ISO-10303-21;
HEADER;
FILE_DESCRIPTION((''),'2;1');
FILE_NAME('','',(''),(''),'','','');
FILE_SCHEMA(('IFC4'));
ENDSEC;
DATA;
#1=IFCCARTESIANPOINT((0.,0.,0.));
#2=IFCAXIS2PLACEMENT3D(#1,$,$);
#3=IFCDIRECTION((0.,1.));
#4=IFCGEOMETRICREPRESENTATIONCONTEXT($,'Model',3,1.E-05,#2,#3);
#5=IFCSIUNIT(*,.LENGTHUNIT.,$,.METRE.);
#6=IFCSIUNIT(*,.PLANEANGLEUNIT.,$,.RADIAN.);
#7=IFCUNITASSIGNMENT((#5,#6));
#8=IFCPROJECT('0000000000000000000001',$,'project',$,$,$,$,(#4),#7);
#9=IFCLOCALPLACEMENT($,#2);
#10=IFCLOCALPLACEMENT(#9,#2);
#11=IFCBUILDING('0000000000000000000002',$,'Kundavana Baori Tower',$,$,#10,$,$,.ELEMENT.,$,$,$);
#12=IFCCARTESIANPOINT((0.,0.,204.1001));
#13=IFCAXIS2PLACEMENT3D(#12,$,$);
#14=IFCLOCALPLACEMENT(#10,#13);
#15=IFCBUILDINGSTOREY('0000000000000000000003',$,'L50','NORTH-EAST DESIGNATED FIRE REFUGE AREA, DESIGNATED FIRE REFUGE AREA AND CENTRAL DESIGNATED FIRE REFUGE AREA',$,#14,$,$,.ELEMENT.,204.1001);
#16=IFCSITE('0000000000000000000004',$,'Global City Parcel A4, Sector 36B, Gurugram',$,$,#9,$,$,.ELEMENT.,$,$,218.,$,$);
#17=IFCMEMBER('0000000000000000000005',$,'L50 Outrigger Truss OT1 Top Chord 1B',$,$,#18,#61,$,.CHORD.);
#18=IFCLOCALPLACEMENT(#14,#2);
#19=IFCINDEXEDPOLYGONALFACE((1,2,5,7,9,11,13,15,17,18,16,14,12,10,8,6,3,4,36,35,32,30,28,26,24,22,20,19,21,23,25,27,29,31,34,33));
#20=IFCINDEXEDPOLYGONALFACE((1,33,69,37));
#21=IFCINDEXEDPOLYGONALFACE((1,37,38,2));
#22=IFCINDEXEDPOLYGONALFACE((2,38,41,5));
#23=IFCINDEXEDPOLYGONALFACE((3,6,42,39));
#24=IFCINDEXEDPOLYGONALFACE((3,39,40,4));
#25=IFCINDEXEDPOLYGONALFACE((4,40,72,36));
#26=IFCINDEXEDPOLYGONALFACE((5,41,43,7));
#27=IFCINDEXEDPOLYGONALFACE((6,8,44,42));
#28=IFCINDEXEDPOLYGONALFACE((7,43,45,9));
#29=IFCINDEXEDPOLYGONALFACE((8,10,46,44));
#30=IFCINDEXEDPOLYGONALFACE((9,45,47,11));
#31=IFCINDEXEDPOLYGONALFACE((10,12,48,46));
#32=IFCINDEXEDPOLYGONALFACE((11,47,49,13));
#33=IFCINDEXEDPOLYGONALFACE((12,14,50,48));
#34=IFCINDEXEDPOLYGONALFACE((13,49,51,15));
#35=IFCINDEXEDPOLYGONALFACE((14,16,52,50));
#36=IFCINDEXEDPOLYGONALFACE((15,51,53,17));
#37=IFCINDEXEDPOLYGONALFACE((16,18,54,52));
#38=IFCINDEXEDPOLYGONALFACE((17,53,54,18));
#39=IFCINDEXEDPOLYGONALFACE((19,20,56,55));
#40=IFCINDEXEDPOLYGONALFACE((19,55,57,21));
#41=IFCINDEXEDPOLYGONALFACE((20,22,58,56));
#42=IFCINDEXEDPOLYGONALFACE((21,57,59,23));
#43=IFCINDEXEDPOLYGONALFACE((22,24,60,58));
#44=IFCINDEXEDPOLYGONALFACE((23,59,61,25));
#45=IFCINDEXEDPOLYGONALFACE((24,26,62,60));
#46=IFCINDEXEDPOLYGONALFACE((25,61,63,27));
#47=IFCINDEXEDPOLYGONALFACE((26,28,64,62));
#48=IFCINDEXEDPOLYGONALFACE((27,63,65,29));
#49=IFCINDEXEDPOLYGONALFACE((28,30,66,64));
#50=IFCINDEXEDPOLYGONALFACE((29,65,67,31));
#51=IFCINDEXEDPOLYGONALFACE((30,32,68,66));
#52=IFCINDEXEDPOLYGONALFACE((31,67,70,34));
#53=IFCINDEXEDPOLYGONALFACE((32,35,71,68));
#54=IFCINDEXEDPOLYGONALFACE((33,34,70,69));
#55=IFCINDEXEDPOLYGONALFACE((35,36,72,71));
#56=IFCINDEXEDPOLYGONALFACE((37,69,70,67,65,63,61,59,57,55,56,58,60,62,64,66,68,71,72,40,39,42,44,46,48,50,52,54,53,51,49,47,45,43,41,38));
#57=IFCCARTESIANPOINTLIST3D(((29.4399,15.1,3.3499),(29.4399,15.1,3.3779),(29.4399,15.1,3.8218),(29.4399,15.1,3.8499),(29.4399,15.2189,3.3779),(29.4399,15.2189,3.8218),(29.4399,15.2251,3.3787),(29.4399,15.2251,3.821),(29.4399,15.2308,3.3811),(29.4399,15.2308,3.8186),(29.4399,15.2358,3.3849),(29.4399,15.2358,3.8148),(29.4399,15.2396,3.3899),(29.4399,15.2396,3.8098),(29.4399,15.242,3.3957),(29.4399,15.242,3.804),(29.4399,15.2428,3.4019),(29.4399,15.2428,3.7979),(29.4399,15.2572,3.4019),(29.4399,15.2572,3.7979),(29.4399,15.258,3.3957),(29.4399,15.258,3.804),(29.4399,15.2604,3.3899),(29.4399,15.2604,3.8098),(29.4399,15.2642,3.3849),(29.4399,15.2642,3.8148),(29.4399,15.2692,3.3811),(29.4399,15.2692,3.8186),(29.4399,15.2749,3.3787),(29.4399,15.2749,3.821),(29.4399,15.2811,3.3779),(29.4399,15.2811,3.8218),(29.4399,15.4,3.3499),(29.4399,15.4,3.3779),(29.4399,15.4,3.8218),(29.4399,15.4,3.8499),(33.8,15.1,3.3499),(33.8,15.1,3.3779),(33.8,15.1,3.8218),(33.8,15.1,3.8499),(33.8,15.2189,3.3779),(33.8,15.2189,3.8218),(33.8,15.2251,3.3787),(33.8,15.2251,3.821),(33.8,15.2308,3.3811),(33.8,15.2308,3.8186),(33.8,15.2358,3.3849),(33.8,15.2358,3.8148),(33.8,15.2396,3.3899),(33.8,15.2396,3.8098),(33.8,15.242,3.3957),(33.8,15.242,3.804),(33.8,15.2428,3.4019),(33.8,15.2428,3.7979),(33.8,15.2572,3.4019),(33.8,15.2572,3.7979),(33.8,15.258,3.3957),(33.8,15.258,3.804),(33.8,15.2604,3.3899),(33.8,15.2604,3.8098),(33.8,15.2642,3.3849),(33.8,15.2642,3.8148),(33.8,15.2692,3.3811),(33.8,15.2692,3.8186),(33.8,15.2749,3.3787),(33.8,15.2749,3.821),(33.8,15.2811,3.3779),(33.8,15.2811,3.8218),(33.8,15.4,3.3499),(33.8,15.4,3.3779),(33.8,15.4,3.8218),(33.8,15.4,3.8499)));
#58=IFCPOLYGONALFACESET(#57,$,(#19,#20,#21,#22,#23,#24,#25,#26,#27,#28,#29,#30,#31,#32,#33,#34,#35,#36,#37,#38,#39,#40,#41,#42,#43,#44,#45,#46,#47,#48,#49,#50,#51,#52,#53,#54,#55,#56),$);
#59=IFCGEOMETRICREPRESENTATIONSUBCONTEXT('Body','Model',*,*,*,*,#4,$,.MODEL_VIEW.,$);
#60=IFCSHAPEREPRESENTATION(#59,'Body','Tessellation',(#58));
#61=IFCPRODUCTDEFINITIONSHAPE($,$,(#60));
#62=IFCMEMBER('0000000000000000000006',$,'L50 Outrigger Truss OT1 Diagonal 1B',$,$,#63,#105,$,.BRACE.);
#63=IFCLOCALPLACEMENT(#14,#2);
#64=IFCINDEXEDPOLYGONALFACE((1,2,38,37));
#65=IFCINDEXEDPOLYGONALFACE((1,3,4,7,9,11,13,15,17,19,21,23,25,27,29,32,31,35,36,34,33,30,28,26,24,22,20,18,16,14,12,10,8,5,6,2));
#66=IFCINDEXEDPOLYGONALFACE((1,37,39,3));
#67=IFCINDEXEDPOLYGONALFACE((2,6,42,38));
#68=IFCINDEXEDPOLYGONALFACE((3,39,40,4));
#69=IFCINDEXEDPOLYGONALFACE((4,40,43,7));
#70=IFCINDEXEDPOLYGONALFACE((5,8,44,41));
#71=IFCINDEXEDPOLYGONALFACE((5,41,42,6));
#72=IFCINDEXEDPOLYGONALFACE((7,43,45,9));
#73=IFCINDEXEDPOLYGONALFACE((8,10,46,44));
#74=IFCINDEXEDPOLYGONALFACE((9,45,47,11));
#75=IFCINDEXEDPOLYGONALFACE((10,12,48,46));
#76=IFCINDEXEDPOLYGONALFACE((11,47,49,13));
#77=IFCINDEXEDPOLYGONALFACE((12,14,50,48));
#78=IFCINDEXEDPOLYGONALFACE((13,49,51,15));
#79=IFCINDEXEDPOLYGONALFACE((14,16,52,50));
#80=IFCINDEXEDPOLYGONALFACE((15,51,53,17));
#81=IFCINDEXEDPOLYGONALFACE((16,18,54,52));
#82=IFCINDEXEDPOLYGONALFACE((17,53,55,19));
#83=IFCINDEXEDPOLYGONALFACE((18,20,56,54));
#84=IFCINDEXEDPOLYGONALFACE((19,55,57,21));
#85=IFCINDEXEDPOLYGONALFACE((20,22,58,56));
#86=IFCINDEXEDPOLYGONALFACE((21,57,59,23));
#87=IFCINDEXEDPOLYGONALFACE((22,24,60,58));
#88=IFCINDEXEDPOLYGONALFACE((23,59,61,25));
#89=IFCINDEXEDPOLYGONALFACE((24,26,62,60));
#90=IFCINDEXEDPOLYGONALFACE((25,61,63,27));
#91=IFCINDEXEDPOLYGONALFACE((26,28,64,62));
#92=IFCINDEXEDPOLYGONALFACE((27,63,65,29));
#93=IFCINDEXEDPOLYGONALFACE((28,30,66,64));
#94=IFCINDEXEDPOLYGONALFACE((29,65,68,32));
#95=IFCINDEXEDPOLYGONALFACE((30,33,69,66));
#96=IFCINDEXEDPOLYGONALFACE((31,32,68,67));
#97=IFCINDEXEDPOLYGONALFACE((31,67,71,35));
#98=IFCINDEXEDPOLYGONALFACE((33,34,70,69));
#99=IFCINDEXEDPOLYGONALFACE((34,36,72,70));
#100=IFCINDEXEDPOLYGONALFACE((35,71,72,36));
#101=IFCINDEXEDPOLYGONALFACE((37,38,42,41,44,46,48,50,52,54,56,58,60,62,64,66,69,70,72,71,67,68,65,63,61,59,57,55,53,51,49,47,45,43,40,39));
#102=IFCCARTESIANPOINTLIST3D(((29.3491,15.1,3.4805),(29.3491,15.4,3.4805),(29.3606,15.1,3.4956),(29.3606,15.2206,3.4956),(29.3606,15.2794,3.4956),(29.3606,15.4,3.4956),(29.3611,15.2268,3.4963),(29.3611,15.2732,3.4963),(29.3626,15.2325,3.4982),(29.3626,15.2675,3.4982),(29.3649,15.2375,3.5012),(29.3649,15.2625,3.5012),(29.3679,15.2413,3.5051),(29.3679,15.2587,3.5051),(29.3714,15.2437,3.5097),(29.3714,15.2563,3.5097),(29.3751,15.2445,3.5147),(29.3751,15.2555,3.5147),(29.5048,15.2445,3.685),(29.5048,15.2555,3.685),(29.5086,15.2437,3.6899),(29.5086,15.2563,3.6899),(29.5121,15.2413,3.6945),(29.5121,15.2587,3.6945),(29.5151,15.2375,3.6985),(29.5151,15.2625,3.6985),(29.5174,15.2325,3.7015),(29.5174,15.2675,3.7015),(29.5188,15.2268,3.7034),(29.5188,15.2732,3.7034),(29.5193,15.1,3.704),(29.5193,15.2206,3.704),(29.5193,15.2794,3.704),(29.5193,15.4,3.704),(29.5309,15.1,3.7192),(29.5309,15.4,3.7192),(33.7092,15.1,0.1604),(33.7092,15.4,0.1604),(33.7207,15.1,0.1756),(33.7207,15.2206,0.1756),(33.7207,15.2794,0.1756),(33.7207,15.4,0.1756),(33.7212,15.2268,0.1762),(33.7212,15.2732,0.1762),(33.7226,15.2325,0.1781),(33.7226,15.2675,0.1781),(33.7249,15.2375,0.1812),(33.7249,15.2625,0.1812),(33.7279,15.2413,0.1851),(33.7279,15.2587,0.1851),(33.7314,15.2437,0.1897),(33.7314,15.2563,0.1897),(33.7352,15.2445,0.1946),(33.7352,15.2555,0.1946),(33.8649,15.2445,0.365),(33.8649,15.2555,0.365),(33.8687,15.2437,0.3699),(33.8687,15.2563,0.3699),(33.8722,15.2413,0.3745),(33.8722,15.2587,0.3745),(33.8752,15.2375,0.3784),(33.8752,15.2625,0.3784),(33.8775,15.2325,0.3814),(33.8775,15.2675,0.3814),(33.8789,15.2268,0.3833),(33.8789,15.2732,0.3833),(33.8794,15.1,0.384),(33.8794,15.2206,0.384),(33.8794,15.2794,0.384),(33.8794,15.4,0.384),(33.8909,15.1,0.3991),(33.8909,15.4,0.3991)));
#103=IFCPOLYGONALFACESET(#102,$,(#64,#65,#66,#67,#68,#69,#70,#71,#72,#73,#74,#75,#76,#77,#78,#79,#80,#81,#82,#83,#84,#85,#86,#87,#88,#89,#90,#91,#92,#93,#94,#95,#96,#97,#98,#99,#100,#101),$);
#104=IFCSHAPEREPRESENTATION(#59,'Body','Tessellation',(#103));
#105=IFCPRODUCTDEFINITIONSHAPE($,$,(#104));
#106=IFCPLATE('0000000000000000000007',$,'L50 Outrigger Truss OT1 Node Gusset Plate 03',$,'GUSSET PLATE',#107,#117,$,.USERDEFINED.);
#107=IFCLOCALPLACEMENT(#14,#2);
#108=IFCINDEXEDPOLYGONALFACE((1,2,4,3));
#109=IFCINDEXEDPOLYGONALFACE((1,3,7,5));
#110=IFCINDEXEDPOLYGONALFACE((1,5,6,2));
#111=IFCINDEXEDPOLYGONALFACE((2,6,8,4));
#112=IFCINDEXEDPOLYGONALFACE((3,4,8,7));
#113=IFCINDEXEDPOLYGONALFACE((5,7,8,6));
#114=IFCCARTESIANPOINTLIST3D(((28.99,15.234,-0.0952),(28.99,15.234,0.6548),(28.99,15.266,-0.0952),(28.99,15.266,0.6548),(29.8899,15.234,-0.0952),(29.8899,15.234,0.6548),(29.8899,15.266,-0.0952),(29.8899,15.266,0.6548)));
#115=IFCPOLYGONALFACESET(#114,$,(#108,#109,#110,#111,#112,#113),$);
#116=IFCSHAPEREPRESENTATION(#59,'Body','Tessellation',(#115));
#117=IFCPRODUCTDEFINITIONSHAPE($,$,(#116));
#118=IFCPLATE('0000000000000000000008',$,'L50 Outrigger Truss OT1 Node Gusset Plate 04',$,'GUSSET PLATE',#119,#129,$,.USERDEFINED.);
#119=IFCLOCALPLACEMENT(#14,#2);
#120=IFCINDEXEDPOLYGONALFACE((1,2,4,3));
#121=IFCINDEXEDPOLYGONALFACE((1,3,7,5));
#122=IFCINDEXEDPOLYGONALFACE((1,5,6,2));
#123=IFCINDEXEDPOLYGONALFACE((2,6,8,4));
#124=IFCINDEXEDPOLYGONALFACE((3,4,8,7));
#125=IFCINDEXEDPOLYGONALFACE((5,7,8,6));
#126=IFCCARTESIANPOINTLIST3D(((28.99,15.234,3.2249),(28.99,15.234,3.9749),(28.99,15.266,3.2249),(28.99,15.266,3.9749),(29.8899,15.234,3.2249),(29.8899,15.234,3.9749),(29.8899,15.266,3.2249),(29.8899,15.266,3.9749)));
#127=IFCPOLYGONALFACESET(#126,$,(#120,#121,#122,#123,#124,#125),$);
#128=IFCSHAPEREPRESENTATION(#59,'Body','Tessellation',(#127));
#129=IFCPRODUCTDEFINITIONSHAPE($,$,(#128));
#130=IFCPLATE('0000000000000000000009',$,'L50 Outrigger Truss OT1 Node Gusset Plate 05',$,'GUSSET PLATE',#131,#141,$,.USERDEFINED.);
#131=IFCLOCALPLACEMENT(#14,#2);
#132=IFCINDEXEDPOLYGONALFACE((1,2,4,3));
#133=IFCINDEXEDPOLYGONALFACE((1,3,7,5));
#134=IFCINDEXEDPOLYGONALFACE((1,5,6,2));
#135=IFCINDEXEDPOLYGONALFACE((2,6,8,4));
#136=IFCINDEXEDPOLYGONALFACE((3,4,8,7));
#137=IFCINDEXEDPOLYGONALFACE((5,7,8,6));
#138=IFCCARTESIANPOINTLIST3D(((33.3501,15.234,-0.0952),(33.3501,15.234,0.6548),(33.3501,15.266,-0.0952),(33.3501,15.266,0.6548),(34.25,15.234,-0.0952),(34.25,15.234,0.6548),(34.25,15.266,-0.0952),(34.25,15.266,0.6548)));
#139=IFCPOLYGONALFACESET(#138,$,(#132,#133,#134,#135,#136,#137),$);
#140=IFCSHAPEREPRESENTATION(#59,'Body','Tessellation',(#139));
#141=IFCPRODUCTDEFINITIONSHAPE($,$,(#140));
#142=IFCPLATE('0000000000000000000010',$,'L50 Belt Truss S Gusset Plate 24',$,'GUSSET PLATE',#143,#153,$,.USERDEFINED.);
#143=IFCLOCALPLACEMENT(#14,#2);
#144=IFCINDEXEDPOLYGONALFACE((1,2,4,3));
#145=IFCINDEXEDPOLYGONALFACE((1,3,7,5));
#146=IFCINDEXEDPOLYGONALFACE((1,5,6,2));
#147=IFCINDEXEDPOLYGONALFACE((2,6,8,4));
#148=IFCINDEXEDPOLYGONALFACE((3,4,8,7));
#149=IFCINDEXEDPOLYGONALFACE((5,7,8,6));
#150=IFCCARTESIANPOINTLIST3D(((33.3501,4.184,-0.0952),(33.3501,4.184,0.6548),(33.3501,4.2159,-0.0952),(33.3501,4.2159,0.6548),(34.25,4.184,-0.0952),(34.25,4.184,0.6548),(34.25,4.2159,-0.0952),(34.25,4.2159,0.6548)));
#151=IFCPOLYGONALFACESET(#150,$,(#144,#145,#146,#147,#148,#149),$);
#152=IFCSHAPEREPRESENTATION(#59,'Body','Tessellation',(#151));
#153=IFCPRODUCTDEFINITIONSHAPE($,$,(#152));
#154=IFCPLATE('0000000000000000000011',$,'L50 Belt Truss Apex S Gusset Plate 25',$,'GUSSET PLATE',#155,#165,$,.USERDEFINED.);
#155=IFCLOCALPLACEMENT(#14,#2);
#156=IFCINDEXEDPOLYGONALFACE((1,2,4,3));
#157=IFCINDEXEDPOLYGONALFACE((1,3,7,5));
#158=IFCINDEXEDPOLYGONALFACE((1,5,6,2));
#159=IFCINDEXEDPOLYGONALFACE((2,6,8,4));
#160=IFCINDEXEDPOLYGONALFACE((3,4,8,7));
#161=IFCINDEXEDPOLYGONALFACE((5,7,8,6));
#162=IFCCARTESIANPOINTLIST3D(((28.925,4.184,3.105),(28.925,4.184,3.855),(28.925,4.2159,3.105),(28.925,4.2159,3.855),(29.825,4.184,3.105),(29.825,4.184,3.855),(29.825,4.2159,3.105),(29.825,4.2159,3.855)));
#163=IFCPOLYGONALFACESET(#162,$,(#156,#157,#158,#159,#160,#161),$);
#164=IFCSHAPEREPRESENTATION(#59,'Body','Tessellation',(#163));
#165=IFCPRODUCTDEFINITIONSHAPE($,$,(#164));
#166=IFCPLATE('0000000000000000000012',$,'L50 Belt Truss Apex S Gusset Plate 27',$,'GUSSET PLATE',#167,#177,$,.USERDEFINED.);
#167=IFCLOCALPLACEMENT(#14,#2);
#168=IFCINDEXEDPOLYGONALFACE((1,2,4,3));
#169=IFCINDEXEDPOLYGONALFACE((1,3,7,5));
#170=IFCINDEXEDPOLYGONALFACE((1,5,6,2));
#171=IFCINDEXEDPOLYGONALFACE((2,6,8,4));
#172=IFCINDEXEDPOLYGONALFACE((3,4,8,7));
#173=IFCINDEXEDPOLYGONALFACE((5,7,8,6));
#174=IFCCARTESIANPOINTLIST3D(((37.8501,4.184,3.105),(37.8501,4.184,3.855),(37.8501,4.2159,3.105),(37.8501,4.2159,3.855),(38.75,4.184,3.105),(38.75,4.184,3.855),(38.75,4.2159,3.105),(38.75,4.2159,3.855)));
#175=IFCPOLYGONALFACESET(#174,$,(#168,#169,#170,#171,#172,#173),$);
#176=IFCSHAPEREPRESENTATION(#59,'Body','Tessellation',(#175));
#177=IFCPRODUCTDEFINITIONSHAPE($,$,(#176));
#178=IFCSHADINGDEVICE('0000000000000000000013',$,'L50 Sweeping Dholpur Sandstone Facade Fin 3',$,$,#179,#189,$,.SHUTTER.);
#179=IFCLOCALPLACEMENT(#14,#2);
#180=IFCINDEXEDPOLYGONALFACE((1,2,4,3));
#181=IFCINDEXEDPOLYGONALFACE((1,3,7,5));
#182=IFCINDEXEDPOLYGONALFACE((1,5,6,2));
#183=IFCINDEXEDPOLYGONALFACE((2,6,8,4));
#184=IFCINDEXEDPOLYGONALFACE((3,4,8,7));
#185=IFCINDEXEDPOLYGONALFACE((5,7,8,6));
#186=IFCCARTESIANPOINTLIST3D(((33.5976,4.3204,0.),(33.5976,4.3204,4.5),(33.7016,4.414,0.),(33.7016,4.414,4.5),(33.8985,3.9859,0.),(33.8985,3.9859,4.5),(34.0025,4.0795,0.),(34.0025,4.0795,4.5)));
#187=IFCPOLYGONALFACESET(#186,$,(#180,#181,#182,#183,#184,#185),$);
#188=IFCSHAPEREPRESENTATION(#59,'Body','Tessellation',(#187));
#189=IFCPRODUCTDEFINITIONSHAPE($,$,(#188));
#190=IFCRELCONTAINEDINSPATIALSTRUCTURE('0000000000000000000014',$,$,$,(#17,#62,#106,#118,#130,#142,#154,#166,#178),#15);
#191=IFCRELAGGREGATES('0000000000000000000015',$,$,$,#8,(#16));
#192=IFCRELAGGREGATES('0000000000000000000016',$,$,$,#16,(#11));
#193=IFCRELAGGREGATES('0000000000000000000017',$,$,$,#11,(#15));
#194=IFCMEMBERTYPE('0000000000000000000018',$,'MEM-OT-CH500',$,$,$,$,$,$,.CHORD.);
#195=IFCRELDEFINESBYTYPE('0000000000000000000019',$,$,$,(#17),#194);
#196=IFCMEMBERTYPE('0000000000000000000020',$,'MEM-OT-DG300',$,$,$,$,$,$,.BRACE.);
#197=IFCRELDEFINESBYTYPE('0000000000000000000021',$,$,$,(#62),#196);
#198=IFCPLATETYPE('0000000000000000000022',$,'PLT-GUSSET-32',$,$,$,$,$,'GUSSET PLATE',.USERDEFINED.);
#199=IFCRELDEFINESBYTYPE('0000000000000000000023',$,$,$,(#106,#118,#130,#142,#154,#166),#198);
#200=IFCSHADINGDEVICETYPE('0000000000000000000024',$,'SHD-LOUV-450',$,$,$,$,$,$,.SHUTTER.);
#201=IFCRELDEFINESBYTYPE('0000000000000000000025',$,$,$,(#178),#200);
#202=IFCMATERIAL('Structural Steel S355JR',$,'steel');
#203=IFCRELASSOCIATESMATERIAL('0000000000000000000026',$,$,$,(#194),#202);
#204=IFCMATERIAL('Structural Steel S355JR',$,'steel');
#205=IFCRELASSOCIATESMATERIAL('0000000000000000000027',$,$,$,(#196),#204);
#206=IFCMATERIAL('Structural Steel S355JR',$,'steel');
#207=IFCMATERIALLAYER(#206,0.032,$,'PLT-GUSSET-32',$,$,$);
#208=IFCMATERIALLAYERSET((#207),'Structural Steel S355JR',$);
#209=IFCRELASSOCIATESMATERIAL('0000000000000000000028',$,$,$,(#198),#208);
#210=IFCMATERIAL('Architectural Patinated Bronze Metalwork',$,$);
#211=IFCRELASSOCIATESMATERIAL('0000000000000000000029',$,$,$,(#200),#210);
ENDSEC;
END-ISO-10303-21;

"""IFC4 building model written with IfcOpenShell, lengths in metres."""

from ifc_helpers import new_model, si_unit, direction, frame, origin, origin_2d, place, context, subcontext, project, spatial, rectangle, i_section, extrude, material, layer, layer_set, material_profile, profile_set, type_object, element, save


model = new_model("IFC4")

# Units and contexts
model_context = context("Model", 3, precision=1e-05, world=origin(), true_north=direction((0.0, 1.0)))
body_context = subcontext(model_context, "Body", "Model", "MODEL_VIEW")
ifc_project = project(units=[si_unit("LENGTHUNIT", "METRE"), si_unit("PLANEANGLEUNIT", "RADIAN")], contexts=[model_context])

# Site, building, storey
site_placement = place(None, origin())
site = spatial("IfcSite", under=ifc_project, at=site_placement, Name="Global City Parcel A4, Sector 36B, Gurugram", CompositionType="ELEMENT", RefElevation=218.0)
building_placement = place(site_placement, origin())
building = spatial("IfcBuilding", under=site, at=building_placement, Name="Kundavana Baori Tower", CompositionType="ELEMENT")
storey_placement = place(building_placement, frame((0.0, 0.0, 204.1001)))
storey = spatial("IfcBuildingStorey", under=building, at=storey_placement, Name="L50", Description="NORTH-EAST DESIGNATED FIRE REFUGE AREA, DESIGNATED FIRE REFUGE AREA AND CENTRAL DESIGNATED FIRE REFUGE AREA", CompositionType="ELEMENT", Elevation=204.1001)

# Members
ifc_material_1 = material(Name="Structural Steel S355JR", Category="steel")
ifc_material_profile_1 = material_profile(ifc_material_1, i_section(OverallWidth=0.3, OverallDepth=0.5, WebThickness=0.0144, FlangeThickness=0.0281, FilletRadius=0.0239, at=origin_2d()), Name="WPB 500x300x155")
ifc_profile_set_1 = profile_set([ifc_material_profile_1], Name="Structural Steel S355JR")
member_type_1 = type_object("IfcMemberType", Name="MEM-OT-CH500", PredefinedType="CHORD", material=ifc_profile_set_1)
for number, where, z_axis, x_axis, name in (
    (1, (29.4399, 15.25, 3.5999), (1.0, 0.0, 0.0), (0.0, 1.0, 0.0), "L50 Outrigger Truss OT1 Top Chord 1B"),
):
    element("IfcMember", number, at=place(storey_placement, frame(where, z_axis=z_axis, x_axis=x_axis)), inside=storey, type_object=member_type_1, Name=name, PredefinedType="CHORD", context=body_context, shape_type="SweptSolid", body=[
        extrude(i_section(OverallWidth=0.3, OverallDepth=0.5, WebThickness=0.0144, FlangeThickness=0.0281, FilletRadius=0.0239, at=origin_2d()), origin(), (0.0, 0.0, 1.0), 4.3601),
    ])
ifc_material_2 = material(Name="Structural Steel S355JR", Category="steel")
ifc_material_profile_2 = material_profile(ifc_material_2, i_section(OverallWidth=0.3, OverallDepth=0.3, WebThickness=0.011, FlangeThickness=0.019, FilletRadius=0.0239, at=origin_2d()), Name="WPB 300x300x117")
ifc_profile_set_2 = profile_set([ifc_material_profile_2], Name="Structural Steel S355JR")
member_type_2 = type_object("IfcMemberType", Name="MEM-OT-DG300", PredefinedType="BRACE", material=ifc_profile_set_2)
member_1_placement = place(storey_placement, frame((33.8, 15.25, 0.2798), z_axis=(-0.7956, 0.0, 0.605822), x_axis=(0.0, -1.0, 0.0)))
element("IfcMember", 2, at=member_1_placement, inside=storey, type_object=member_type_2, Name="L50 Outrigger Truss OT1 Diagonal 1B", PredefinedType="BRACE", context=body_context, shape_type="SweptSolid", body=[
    extrude(i_section(OverallWidth=0.3, OverallDepth=0.3, WebThickness=0.011, FlangeThickness=0.019, FilletRadius=0.0239, at=origin_2d()), origin(), (0.0, 0.0, 1.0), 5.4802),
])

# Plates
ifc_material_3 = material(Name="Structural Steel S355JR", Category="steel")
ifc_layer = layer(ifc_material_3, 0.032, Name="PLT-GUSSET-32")
ifc_layer_set = layer_set([ifc_layer], Name="Structural Steel S355JR")
plate_type = type_object("IfcPlateType", Name="PLT-GUSSET-32", ElementType="GUSSET PLATE", PredefinedType="USERDEFINED", material=ifc_layer_set)
for number, where, z_axis, x_axis, name in (
    (3, (29.4399, 15.25, -0.0952), (0.0, 0.0, 1.0), (1.0, 0.0, 0.0), "L50 Outrigger Truss OT1 Node Gusset Plate 03"),
    (4, (29.4399, 15.25, 3.2249), (0.0, 0.0, 1.0), (1.0, 0.0, 0.0), "L50 Outrigger Truss OT1 Node Gusset Plate 04"),
    (5, (33.8, 15.25, -0.0952), (0.0, 0.0, 1.0), (1.0, 0.0, 0.0), "L50 Outrigger Truss OT1 Node Gusset Plate 05"),
    (6, (33.8, 4.2, -0.0952), (0.0, 0.0, 1.0), (1.0, 0.0, 0.0), "L50 Belt Truss S Gusset Plate 24"),
    (7, (29.375, 4.2, 3.105), (0.0, 0.0, 1.0), (1.0, 0.0, 0.0), "L50 Belt Truss Apex S Gusset Plate 25"),
    (8, (38.3, 4.2, 3.105), (0.0, 0.0, 1.0), (1.0, 0.0, 0.0), "L50 Belt Truss Apex S Gusset Plate 27"),
):
    element("IfcPlate", number, at=place(storey_placement, frame(where, z_axis=z_axis, x_axis=x_axis)), inside=storey, type_object=plate_type, Name=name, ObjectType="GUSSET PLATE", PredefinedType="USERDEFINED", context=body_context, shape_type="SweptSolid", body=[
        extrude(rectangle(XDim=0.8999, YDim=0.032, at=origin_2d()), origin(), (0.0, 0.0, 1.0), 0.75),
    ])

# Shading device
ifc_material_4 = material(Name="Architectural Patinated Bronze Metalwork")
shading_device_type = type_object("IfcShadingDeviceType", Name="SHD-LOUV-450", PredefinedType="SHUTTER", material=ifc_material_4)
shading_device_placement = place(storey_placement, frame((33.8, 4.2, 0.0), z_axis=(0.0, 0.0, 1.0), x_axis=(0.743495, 0.668741, 0.0)))
element("IfcShadingDevice", 9, at=shading_device_placement, inside=storey, type_object=shading_device_type, Name="L50 Sweeping Dholpur Sandstone Facade Fin 3", PredefinedType="SHUTTER", context=body_context, shape_type="SweptSolid", body=[
    extrude(rectangle(XDim=0.1399, YDim=0.45, at=origin_2d()), origin(), (0.0, 0.0, 1.0), 4.5),
])

save(model, "model.ifc")
